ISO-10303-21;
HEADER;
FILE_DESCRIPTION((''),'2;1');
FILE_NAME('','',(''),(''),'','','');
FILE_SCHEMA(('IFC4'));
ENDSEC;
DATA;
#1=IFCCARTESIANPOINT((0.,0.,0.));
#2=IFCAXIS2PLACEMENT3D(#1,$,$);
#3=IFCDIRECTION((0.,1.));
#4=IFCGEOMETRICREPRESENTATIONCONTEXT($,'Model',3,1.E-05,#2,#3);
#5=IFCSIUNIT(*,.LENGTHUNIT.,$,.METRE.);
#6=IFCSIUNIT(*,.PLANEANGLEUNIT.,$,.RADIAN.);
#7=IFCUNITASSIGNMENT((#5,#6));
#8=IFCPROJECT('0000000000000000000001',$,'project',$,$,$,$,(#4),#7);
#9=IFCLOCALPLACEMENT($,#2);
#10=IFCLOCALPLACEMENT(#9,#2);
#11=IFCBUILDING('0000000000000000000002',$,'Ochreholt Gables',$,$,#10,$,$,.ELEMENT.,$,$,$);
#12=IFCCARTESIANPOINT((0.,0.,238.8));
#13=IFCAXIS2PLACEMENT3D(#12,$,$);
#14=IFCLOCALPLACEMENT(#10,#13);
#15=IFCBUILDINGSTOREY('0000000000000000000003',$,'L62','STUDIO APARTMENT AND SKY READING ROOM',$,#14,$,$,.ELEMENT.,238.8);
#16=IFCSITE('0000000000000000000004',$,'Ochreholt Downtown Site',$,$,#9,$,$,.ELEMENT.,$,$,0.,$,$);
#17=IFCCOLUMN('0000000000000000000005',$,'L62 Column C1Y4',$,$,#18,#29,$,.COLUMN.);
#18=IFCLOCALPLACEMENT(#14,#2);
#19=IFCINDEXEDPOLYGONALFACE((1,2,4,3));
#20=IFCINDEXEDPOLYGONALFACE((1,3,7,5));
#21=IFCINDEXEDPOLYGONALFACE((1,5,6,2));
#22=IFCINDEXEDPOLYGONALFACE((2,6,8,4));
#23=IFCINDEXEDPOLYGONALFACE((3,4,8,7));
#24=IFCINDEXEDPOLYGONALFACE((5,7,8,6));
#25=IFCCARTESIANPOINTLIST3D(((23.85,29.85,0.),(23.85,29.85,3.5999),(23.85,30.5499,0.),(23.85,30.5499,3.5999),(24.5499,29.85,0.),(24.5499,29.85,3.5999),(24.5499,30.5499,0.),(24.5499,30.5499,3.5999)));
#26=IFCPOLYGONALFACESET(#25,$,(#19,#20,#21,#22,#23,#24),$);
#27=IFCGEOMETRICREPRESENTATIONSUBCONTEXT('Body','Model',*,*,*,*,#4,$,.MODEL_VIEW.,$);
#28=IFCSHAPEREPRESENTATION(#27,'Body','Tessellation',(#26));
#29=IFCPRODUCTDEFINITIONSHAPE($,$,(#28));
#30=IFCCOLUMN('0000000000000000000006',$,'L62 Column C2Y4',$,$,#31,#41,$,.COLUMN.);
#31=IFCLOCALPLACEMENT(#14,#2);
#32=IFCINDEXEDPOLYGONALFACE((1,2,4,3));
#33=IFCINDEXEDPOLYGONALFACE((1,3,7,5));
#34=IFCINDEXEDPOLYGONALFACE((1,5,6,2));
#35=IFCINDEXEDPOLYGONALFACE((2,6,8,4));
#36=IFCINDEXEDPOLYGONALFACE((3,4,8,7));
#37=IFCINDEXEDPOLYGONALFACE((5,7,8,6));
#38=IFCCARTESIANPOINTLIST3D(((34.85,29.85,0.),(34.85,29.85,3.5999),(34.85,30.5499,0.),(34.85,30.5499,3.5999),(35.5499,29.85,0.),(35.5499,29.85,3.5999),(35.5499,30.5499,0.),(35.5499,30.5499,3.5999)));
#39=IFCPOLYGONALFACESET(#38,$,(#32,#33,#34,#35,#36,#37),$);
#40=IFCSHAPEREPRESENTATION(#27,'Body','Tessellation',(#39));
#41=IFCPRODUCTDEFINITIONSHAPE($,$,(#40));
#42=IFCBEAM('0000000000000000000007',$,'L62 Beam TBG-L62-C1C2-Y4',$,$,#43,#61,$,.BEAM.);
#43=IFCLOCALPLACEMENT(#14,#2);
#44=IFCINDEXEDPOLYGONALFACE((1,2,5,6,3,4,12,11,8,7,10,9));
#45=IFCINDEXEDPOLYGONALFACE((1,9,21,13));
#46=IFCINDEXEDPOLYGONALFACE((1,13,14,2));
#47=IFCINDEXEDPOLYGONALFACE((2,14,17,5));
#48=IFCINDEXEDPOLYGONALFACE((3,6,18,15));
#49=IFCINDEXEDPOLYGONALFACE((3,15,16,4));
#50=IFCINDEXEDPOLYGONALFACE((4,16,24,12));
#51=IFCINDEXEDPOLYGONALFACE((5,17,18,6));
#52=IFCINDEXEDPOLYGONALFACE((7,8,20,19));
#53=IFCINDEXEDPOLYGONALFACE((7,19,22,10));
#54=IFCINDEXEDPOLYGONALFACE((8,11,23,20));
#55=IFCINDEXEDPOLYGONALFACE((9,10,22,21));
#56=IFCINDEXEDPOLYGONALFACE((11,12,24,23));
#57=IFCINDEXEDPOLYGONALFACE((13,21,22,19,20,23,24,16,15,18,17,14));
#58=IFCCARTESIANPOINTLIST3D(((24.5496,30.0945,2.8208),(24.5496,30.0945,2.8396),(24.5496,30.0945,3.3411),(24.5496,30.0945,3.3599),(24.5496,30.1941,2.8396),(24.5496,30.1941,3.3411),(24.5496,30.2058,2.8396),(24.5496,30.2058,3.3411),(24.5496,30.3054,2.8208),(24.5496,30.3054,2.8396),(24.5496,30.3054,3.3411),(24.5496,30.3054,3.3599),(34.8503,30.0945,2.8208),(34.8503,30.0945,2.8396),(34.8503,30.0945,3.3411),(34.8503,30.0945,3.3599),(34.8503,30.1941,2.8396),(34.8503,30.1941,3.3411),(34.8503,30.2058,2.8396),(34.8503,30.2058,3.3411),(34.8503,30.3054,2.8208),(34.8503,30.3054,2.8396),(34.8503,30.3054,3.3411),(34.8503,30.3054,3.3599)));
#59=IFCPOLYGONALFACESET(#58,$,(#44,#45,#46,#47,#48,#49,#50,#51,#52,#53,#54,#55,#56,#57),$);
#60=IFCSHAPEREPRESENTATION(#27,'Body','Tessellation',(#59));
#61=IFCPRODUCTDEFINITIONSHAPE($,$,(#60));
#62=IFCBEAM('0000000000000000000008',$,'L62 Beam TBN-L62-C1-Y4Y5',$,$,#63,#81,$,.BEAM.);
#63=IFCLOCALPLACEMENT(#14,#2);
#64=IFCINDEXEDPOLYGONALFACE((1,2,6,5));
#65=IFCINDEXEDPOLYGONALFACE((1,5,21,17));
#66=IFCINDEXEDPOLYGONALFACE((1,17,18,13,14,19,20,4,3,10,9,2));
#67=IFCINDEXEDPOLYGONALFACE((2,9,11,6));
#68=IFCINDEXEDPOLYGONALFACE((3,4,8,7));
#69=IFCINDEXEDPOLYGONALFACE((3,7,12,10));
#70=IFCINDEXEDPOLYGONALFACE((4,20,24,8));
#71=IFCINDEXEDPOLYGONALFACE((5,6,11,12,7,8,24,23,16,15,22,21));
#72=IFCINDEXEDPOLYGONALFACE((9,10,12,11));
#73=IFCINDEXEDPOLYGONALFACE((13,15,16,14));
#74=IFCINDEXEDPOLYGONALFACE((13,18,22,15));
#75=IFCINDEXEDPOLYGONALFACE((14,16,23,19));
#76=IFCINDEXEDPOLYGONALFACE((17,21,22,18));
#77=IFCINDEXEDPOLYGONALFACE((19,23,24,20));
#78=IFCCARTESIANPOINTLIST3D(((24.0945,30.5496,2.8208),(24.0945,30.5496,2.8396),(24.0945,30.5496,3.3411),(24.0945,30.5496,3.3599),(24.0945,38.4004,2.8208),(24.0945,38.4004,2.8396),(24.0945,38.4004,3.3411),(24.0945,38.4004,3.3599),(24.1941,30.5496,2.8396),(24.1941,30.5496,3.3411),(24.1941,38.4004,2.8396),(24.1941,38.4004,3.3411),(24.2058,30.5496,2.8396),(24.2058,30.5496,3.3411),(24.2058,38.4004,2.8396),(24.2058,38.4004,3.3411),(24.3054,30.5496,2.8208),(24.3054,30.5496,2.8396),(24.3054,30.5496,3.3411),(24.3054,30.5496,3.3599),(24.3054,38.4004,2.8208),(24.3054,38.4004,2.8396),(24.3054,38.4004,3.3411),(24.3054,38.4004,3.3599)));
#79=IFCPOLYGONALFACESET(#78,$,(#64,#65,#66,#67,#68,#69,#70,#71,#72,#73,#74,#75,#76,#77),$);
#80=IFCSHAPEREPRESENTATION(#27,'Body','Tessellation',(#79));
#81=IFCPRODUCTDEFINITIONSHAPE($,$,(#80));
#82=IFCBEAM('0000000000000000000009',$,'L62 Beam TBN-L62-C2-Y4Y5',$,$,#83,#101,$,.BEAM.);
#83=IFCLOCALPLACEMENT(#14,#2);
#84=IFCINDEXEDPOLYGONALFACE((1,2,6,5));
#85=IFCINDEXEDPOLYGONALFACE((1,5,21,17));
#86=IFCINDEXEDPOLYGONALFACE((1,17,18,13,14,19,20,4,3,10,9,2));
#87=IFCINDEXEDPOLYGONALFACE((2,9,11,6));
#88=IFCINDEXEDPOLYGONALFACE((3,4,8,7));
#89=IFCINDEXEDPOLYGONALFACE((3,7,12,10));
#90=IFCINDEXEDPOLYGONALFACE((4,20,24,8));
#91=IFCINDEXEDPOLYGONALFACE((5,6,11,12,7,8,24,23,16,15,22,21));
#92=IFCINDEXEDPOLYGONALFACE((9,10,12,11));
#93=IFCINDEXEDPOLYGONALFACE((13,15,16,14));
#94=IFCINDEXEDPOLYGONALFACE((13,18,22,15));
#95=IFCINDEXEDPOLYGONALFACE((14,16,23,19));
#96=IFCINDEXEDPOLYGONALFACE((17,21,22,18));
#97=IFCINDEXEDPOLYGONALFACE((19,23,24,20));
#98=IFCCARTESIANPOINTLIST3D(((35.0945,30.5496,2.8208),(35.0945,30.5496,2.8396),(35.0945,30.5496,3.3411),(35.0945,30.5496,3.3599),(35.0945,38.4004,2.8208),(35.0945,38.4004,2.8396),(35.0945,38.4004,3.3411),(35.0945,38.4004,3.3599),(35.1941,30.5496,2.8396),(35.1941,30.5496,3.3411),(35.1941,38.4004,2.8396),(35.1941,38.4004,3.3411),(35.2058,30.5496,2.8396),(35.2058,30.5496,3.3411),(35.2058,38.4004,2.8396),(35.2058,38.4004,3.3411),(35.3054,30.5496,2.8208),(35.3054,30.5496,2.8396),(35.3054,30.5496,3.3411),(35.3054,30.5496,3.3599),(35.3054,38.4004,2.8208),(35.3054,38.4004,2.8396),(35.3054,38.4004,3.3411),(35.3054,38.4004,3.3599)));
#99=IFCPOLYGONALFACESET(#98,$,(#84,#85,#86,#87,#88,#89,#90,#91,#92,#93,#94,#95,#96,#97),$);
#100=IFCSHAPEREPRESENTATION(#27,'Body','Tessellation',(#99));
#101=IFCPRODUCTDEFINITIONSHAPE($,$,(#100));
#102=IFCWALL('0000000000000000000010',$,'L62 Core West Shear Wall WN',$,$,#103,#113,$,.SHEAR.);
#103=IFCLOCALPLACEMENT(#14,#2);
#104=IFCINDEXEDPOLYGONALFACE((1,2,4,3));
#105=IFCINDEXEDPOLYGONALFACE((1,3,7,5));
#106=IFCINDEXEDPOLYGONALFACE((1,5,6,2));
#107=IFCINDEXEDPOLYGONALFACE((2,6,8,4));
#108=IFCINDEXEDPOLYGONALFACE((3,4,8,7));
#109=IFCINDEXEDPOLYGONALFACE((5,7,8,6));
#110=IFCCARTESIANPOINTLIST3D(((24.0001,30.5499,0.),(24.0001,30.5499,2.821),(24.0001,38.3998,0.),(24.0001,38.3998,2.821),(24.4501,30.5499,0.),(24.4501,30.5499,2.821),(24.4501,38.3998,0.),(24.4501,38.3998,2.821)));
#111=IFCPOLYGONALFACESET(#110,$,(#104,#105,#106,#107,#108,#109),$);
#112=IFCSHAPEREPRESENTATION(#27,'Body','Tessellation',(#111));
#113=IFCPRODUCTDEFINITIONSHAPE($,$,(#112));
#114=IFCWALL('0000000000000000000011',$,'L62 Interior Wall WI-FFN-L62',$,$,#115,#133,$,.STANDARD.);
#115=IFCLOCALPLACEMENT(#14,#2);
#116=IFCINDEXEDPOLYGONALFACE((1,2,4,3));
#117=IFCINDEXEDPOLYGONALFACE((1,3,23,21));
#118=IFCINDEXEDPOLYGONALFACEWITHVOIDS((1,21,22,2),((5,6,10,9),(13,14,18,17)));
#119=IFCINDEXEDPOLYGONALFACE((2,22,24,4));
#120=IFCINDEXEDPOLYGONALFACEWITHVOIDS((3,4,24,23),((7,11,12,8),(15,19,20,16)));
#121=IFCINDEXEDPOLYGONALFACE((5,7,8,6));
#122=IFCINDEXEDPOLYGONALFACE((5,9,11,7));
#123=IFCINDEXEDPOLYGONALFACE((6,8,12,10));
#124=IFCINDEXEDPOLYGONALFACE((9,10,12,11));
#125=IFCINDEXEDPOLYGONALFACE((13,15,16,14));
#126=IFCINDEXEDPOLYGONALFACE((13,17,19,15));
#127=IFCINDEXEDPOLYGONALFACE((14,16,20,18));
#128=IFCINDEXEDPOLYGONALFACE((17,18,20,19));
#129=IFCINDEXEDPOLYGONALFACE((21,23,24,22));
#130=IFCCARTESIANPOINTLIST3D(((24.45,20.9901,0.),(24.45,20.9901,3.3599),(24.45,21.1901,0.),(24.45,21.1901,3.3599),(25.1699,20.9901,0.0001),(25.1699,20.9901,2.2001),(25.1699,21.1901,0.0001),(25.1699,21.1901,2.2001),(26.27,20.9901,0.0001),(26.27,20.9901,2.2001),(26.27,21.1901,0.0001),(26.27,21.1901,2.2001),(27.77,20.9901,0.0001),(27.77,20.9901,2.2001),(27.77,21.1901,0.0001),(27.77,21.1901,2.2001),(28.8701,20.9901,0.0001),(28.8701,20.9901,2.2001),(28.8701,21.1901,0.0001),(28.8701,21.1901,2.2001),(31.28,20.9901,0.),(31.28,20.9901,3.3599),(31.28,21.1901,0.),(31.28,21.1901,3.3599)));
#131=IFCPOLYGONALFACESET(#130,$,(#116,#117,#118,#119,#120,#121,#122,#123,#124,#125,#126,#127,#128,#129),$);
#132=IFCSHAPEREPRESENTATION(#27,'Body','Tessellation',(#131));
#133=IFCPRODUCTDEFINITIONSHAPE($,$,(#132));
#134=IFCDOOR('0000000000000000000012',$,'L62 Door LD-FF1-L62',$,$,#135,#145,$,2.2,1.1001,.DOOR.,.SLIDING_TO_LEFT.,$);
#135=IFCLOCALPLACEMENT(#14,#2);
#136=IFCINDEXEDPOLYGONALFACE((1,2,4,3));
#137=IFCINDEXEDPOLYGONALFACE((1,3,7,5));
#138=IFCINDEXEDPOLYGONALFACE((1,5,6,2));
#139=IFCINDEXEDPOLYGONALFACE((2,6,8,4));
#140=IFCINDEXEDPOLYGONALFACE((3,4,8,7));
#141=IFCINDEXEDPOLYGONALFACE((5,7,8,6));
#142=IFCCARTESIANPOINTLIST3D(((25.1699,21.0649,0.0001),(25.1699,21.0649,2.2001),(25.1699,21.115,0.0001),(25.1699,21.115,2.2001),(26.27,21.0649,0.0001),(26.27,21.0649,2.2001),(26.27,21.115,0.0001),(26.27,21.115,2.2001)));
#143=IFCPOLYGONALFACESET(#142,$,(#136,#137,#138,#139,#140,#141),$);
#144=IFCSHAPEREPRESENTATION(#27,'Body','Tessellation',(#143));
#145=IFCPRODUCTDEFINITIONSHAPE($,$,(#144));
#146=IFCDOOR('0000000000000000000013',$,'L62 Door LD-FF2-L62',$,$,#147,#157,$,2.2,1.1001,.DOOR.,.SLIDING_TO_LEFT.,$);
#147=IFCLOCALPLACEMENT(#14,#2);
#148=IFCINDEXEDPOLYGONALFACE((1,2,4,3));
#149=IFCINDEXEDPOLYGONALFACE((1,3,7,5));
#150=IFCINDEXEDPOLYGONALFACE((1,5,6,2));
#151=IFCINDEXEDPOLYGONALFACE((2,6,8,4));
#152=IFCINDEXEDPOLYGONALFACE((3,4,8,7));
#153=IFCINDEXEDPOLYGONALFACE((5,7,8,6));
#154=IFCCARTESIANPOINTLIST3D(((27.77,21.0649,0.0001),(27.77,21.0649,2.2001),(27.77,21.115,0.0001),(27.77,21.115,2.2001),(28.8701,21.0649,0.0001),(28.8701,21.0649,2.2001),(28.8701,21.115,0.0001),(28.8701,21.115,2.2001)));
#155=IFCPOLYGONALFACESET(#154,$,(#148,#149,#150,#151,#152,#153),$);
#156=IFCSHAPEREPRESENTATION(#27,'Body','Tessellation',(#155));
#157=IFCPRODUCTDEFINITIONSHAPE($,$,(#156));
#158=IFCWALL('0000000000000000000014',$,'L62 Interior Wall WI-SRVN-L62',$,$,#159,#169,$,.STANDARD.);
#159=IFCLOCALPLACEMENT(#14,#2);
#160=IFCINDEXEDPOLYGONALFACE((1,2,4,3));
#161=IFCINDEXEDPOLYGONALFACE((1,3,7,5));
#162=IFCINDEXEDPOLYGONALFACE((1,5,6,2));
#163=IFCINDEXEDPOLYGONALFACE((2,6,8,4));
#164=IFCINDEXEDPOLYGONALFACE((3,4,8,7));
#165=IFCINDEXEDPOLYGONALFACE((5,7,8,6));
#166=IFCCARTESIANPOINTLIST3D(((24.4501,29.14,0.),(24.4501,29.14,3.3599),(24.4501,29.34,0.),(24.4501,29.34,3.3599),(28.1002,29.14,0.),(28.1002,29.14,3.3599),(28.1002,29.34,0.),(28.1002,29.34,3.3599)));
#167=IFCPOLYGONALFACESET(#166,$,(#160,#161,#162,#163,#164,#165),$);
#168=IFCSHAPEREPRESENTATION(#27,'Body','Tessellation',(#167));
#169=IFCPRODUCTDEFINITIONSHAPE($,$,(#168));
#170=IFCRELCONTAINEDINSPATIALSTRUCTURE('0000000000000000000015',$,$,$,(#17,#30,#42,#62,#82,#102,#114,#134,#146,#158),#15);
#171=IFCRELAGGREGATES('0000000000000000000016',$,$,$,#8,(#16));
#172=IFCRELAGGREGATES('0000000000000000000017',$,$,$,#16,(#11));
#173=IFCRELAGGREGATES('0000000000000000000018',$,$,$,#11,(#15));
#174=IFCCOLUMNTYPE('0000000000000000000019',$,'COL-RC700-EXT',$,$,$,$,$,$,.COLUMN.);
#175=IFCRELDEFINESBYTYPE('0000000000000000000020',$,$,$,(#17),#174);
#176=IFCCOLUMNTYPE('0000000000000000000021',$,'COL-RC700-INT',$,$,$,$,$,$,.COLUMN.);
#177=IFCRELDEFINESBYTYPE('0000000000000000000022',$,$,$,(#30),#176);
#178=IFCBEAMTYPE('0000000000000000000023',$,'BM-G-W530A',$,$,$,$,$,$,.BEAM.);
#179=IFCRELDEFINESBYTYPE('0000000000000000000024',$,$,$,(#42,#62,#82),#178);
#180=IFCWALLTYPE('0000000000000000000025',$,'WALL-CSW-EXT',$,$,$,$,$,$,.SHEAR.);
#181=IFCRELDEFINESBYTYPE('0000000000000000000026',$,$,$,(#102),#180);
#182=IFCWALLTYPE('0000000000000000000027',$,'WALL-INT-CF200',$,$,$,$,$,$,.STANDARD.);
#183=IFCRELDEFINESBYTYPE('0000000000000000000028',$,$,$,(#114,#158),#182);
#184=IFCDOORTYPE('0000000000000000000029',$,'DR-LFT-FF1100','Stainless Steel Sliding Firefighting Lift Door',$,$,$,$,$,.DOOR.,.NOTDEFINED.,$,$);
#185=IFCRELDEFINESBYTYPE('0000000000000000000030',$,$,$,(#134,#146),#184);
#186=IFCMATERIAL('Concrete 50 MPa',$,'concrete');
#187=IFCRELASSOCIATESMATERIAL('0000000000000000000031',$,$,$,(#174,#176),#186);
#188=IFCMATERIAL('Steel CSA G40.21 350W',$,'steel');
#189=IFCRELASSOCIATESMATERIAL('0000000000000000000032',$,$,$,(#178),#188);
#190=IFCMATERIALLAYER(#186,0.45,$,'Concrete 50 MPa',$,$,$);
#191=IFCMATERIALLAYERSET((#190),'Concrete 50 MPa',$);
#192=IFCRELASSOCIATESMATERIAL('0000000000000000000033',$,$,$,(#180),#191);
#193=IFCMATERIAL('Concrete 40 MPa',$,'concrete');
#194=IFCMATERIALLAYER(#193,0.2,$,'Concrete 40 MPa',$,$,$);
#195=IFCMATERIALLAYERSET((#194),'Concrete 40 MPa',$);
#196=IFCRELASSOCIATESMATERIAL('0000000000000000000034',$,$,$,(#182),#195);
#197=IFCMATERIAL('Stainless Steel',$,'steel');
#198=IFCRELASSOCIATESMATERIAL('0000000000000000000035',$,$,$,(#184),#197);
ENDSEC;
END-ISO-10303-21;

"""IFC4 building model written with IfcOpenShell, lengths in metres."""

from ifc_helpers import new_model, si_unit, direction, frame, frame_2d, origin, origin_2d, place, context, subcontext, project, spatial, rectangle, i_section, extrude, material, layer, layer_set, material_profile, profile_set, type_object, element, fill, save


model = new_model("IFC4")

# Units and contexts
model_context = context("Model", 3, precision=1e-05, world=origin(), true_north=direction((0.0, 1.0)))
body_context = subcontext(model_context, "Body", "Model", "MODEL_VIEW")
ifc_project = project(units=[si_unit("LENGTHUNIT", "METRE"), si_unit("PLANEANGLEUNIT", "RADIAN")], contexts=[model_context])

# Site, building, storey
site_placement = place(None, origin())
site = spatial("IfcSite", under=ifc_project, at=site_placement, Name="Ochreholt Downtown Site", CompositionType="ELEMENT", RefElevation=0.0)
building_placement = place(site_placement, origin())
building = spatial("IfcBuilding", under=site, at=building_placement, Name="Ochreholt Gables", CompositionType="ELEMENT")
storey_placement = place(building_placement, frame((0.0, 0.0, 238.8)))
storey = spatial("IfcBuildingStorey", under=building, at=storey_placement, Name="L62", Description="STUDIO APARTMENT AND SKY READING ROOM", CompositionType="ELEMENT", Elevation=238.8)

# Columns
ifc_material_1 = material(Name="Concrete 50 MPa", Category="concrete")
ifc_material_profile_1 = material_profile(ifc_material_1, rectangle(XDim=0.7, YDim=0.7, at=origin_2d()), Name="RC700X700")
ifc_profile_set_1 = profile_set([ifc_material_profile_1], Name="Concrete 50 MPa")
column_type_1 = type_object("IfcColumnType", Name="COL-RC700-EXT", PredefinedType="COLUMN", material=ifc_profile_set_1)
column_1_placement = place(storey_placement, frame((24.2, 30.2, 0.0), z_axis=(0.0, 0.0, 1.0), x_axis=(1.0, 0.0, 0.0)))
element("IfcColumn", 1, at=column_1_placement, inside=storey, type_object=column_type_1, Name="L62 Column C1Y4", PredefinedType="COLUMN", context=body_context, shape_type="SweptSolid", body=[
    extrude(rectangle(XDim=0.7, YDim=0.7, at=origin_2d()), origin(), (0.0, 0.0, 1.0), 3.5999),
])
ifc_material_profile_2 = material_profile(ifc_material_1, rectangle(XDim=0.7, YDim=0.7, at=origin_2d()), Name="RC700X700")
ifc_profile_set_2 = profile_set([ifc_material_profile_2], Name="Concrete 50 MPa")
column_type_2 = type_object("IfcColumnType", Name="COL-RC700-INT", PredefinedType="COLUMN", material=ifc_profile_set_2)
column_2_placement = place(storey_placement, frame((35.2, 30.2, 0.0), z_axis=(0.0, 0.0, 1.0), x_axis=(1.0, 0.0, 0.0)))
element("IfcColumn", 2, at=column_2_placement, inside=storey, type_object=column_type_2, Name="L62 Column C2Y4", PredefinedType="COLUMN", context=body_context, shape_type="SweptSolid", body=[
    extrude(rectangle(XDim=0.7, YDim=0.7, at=origin_2d()), origin(), (0.0, 0.0, 1.0), 3.5999),
])

# Beams
ifc_material_2 = material(Name="Steel CSA G40.21 350W", Category="steel")
ifc_material_profile_3 = material_profile(ifc_material_2, i_section(OverallWidth=0.2109, OverallDepth=0.5391, WebThickness=0.0117, FlangeThickness=0.0188, at=origin_2d()), Name="W530X109")
ifc_profile_set_3 = profile_set([ifc_material_profile_3], Name="Steel CSA G40.21 350W")
beam_type = type_object("IfcBeamType", Name="BM-G-W530A", PredefinedType="BEAM", material=ifc_profile_set_3)
beam_placement = place(storey_placement, frame((24.5496, 30.2, 3.0903), z_axis=(1.0, 0.0, 0.0), x_axis=(0.0, 1.0, 0.0)))
element("IfcBeam", 3, at=beam_placement, inside=storey, type_object=beam_type, Name="L62 Beam TBG-L62-C1C2-Y4", PredefinedType="BEAM", context=body_context, shape_type="SweptSolid", body=[
    extrude(i_section(OverallWidth=0.2109, OverallDepth=0.5391, WebThickness=0.0117, FlangeThickness=0.0188, at=origin_2d()), origin(), (0.0, 0.0, 1.0), 10.3008),
])
for number, where, z_axis, x_axis, name in (
    (4, (24.2, 30.5496, 3.0903), (0.0, 1.0, 0.0), (-1.0, 0.0, 0.0), "L62 Beam TBN-L62-C1-Y4Y5"),
    (5, (35.2, 30.5496, 3.0903), (0.0, 1.0, 0.0), (-1.0, 0.0, 0.0), "L62 Beam TBN-L62-C2-Y4Y5"),
):
    element("IfcBeam", number, at=place(storey_placement, frame(where, z_axis=z_axis, x_axis=x_axis)), inside=storey, type_object=beam_type, Name=name, PredefinedType="BEAM", context=body_context, shape_type="SweptSolid", body=[
        extrude(i_section(OverallWidth=0.2109, OverallDepth=0.5391, WebThickness=0.0117, FlangeThickness=0.0188, at=origin_2d()), origin(), (0.0, 0.0, 1.0), 7.8508),
    ])

# Wall
ifc_layer_1 = layer(ifc_material_1, 0.45, Name="Concrete 50 MPa")
ifc_layer_set_1 = layer_set([ifc_layer_1], Name="Concrete 50 MPa")
wall_type_1 = type_object("IfcWallType", Name="WALL-CSW-EXT", PredefinedType="SHEAR", material=ifc_layer_set_1)
wall_1_placement = place(storey_placement, frame((24.2251, 30.55, 0.0), z_axis=(0.0, 0.0, 1.0), x_axis=(0.0, 1.0, 0.0)))
element("IfcWall", 6, at=wall_1_placement, inside=storey, type_object=wall_type_1, Name="L62 Core West Shear Wall WN", PredefinedType="SHEAR", context=body_context, shape_type="SweptSolid", body=[
    extrude(rectangle(XDim=7.8499, YDim=0.45, at=frame_2d((3.9248, 0.0))), origin(), (0.0, 0.0, 1.0), 2.821),
])

# Wall, openings, doors
ifc_material_3 = material(Name="Concrete 40 MPa", Category="concrete")
ifc_layer_2 = layer(ifc_material_3, 0.2, Name="Concrete 40 MPa")
ifc_layer_set_2 = layer_set([ifc_layer_2], Name="Concrete 40 MPa")
wall_type_2 = type_object("IfcWallType", Name="WALL-INT-CF200", PredefinedType="STANDARD", material=ifc_layer_set_2)
wall_2_placement = place(storey_placement, frame((24.45, 21.0901, 0.0), z_axis=(0.0, 0.0, 1.0), x_axis=(1.0, 0.0, 0.0)))
wall_2 = element("IfcWall", 7, at=wall_2_placement, inside=storey, type_object=wall_type_2, Name="L62 Interior Wall WI-FFN-L62", PredefinedType="STANDARD", context=body_context, shape_type="SweptSolid", body=[
    extrude(rectangle(XDim=6.8301, YDim=0.2, at=frame_2d((3.415, 0.0))), origin(), (0.0, 0.0, 1.0), 3.3599),
])
opening_1_placement = place(wall_2_placement, frame((0.72, 0.0, 0.0)))
opening_1 = element("IfcOpeningElement", 8, at=opening_1_placement, cuts=wall_2, PredefinedType="OPENING", context=body_context, shape_type="SweptSolid", body=[
    extrude(rectangle(XDim=1.1001, YDim=2.2, at=frame_2d((0.55, 1.1001))), frame((0.0, 0.1099, 0.0), z_axis=(0.0, -1.0, 0.0), x_axis=(1.0, 0.0, 0.0)), (0.0, 0.0, 1.0), 0.22),
])
opening_2_placement = place(wall_2_placement, frame((3.3201, 0.0, 0.0)))
opening_2 = element("IfcOpeningElement", 9, at=opening_2_placement, cuts=wall_2, PredefinedType="OPENING", context=body_context, shape_type="SweptSolid", body=[
    extrude(rectangle(XDim=1.1001, YDim=2.2, at=frame_2d((0.55, 1.1001))), frame((0.0, 0.1099, 0.0), z_axis=(0.0, -1.0, 0.0), x_axis=(1.0, 0.0, 0.0)), (0.0, 0.0, 1.0), 0.22),
])
ifc_material_4 = material(Name="Stainless Steel", Category="steel")
door_type_1 = type_object("IfcDoorType", Name="DR-LFT-FF1100", Description="Stainless Steel Sliding Firefighting Lift Door", OperationType="NOTDEFINED", PredefinedType="DOOR", material=ifc_material_4)
door_1_placement = place(opening_1_placement, origin())
door_1 = element("IfcDoor", 10, at=door_1_placement, inside=storey, type_object=door_type_1, Name="L62 Door LD-FF1-L62", OperationType="SLIDING_TO_LEFT", OverallHeight=2.2, OverallWidth=1.1001, PredefinedType="DOOR", context=body_context, shape_type="SweptSolid", body=[
    extrude(rectangle(XDim=1.1001, YDim=2.2, at=frame_2d((0.55, 1.1001))), frame((0.0, 0.0249, 0.0), z_axis=(0.0, -1.0, 0.0), x_axis=(1.0, 0.0, 0.0)), (0.0, 0.0, 1.0), 0.05),
])
fill(opening_1, door_1)
door_2_placement = place(opening_2_placement, origin())
door_2 = element("IfcDoor", 11, at=door_2_placement, inside=storey, type_object=door_type_1, Name="L62 Door LD-FF2-L62", OperationType="SLIDING_TO_LEFT", OverallHeight=2.2, OverallWidth=1.1001, PredefinedType="DOOR", context=body_context, shape_type="SweptSolid", body=[
    extrude(rectangle(XDim=1.1001, YDim=2.2, at=frame_2d((0.55, 1.1001))), frame((0.0, 0.0249, 0.0), z_axis=(0.0, -1.0, 0.0), x_axis=(1.0, 0.0, 0.0)), (0.0, 0.0, 1.0), 0.05),
])
fill(opening_2, door_2)

# Wall
wall_3_placement = place(storey_placement, frame((24.45, 29.24, 0.0), z_axis=(0.0, 0.0, 1.0), x_axis=(1.0, 0.0, 0.0)))
element("IfcWall", 12, at=wall_3_placement, inside=storey, type_object=wall_type_2, Name="L62 Interior Wall WI-SRVN-L62", PredefinedType="STANDARD", context=body_context, shape_type="SweptSolid", body=[
    extrude(rectangle(XDim=3.6501, YDim=0.2, at=frame_2d((1.8252, 0.0))), origin(), (0.0, 0.0, 1.0), 3.3599),
])

save(model, "model.ifc")
